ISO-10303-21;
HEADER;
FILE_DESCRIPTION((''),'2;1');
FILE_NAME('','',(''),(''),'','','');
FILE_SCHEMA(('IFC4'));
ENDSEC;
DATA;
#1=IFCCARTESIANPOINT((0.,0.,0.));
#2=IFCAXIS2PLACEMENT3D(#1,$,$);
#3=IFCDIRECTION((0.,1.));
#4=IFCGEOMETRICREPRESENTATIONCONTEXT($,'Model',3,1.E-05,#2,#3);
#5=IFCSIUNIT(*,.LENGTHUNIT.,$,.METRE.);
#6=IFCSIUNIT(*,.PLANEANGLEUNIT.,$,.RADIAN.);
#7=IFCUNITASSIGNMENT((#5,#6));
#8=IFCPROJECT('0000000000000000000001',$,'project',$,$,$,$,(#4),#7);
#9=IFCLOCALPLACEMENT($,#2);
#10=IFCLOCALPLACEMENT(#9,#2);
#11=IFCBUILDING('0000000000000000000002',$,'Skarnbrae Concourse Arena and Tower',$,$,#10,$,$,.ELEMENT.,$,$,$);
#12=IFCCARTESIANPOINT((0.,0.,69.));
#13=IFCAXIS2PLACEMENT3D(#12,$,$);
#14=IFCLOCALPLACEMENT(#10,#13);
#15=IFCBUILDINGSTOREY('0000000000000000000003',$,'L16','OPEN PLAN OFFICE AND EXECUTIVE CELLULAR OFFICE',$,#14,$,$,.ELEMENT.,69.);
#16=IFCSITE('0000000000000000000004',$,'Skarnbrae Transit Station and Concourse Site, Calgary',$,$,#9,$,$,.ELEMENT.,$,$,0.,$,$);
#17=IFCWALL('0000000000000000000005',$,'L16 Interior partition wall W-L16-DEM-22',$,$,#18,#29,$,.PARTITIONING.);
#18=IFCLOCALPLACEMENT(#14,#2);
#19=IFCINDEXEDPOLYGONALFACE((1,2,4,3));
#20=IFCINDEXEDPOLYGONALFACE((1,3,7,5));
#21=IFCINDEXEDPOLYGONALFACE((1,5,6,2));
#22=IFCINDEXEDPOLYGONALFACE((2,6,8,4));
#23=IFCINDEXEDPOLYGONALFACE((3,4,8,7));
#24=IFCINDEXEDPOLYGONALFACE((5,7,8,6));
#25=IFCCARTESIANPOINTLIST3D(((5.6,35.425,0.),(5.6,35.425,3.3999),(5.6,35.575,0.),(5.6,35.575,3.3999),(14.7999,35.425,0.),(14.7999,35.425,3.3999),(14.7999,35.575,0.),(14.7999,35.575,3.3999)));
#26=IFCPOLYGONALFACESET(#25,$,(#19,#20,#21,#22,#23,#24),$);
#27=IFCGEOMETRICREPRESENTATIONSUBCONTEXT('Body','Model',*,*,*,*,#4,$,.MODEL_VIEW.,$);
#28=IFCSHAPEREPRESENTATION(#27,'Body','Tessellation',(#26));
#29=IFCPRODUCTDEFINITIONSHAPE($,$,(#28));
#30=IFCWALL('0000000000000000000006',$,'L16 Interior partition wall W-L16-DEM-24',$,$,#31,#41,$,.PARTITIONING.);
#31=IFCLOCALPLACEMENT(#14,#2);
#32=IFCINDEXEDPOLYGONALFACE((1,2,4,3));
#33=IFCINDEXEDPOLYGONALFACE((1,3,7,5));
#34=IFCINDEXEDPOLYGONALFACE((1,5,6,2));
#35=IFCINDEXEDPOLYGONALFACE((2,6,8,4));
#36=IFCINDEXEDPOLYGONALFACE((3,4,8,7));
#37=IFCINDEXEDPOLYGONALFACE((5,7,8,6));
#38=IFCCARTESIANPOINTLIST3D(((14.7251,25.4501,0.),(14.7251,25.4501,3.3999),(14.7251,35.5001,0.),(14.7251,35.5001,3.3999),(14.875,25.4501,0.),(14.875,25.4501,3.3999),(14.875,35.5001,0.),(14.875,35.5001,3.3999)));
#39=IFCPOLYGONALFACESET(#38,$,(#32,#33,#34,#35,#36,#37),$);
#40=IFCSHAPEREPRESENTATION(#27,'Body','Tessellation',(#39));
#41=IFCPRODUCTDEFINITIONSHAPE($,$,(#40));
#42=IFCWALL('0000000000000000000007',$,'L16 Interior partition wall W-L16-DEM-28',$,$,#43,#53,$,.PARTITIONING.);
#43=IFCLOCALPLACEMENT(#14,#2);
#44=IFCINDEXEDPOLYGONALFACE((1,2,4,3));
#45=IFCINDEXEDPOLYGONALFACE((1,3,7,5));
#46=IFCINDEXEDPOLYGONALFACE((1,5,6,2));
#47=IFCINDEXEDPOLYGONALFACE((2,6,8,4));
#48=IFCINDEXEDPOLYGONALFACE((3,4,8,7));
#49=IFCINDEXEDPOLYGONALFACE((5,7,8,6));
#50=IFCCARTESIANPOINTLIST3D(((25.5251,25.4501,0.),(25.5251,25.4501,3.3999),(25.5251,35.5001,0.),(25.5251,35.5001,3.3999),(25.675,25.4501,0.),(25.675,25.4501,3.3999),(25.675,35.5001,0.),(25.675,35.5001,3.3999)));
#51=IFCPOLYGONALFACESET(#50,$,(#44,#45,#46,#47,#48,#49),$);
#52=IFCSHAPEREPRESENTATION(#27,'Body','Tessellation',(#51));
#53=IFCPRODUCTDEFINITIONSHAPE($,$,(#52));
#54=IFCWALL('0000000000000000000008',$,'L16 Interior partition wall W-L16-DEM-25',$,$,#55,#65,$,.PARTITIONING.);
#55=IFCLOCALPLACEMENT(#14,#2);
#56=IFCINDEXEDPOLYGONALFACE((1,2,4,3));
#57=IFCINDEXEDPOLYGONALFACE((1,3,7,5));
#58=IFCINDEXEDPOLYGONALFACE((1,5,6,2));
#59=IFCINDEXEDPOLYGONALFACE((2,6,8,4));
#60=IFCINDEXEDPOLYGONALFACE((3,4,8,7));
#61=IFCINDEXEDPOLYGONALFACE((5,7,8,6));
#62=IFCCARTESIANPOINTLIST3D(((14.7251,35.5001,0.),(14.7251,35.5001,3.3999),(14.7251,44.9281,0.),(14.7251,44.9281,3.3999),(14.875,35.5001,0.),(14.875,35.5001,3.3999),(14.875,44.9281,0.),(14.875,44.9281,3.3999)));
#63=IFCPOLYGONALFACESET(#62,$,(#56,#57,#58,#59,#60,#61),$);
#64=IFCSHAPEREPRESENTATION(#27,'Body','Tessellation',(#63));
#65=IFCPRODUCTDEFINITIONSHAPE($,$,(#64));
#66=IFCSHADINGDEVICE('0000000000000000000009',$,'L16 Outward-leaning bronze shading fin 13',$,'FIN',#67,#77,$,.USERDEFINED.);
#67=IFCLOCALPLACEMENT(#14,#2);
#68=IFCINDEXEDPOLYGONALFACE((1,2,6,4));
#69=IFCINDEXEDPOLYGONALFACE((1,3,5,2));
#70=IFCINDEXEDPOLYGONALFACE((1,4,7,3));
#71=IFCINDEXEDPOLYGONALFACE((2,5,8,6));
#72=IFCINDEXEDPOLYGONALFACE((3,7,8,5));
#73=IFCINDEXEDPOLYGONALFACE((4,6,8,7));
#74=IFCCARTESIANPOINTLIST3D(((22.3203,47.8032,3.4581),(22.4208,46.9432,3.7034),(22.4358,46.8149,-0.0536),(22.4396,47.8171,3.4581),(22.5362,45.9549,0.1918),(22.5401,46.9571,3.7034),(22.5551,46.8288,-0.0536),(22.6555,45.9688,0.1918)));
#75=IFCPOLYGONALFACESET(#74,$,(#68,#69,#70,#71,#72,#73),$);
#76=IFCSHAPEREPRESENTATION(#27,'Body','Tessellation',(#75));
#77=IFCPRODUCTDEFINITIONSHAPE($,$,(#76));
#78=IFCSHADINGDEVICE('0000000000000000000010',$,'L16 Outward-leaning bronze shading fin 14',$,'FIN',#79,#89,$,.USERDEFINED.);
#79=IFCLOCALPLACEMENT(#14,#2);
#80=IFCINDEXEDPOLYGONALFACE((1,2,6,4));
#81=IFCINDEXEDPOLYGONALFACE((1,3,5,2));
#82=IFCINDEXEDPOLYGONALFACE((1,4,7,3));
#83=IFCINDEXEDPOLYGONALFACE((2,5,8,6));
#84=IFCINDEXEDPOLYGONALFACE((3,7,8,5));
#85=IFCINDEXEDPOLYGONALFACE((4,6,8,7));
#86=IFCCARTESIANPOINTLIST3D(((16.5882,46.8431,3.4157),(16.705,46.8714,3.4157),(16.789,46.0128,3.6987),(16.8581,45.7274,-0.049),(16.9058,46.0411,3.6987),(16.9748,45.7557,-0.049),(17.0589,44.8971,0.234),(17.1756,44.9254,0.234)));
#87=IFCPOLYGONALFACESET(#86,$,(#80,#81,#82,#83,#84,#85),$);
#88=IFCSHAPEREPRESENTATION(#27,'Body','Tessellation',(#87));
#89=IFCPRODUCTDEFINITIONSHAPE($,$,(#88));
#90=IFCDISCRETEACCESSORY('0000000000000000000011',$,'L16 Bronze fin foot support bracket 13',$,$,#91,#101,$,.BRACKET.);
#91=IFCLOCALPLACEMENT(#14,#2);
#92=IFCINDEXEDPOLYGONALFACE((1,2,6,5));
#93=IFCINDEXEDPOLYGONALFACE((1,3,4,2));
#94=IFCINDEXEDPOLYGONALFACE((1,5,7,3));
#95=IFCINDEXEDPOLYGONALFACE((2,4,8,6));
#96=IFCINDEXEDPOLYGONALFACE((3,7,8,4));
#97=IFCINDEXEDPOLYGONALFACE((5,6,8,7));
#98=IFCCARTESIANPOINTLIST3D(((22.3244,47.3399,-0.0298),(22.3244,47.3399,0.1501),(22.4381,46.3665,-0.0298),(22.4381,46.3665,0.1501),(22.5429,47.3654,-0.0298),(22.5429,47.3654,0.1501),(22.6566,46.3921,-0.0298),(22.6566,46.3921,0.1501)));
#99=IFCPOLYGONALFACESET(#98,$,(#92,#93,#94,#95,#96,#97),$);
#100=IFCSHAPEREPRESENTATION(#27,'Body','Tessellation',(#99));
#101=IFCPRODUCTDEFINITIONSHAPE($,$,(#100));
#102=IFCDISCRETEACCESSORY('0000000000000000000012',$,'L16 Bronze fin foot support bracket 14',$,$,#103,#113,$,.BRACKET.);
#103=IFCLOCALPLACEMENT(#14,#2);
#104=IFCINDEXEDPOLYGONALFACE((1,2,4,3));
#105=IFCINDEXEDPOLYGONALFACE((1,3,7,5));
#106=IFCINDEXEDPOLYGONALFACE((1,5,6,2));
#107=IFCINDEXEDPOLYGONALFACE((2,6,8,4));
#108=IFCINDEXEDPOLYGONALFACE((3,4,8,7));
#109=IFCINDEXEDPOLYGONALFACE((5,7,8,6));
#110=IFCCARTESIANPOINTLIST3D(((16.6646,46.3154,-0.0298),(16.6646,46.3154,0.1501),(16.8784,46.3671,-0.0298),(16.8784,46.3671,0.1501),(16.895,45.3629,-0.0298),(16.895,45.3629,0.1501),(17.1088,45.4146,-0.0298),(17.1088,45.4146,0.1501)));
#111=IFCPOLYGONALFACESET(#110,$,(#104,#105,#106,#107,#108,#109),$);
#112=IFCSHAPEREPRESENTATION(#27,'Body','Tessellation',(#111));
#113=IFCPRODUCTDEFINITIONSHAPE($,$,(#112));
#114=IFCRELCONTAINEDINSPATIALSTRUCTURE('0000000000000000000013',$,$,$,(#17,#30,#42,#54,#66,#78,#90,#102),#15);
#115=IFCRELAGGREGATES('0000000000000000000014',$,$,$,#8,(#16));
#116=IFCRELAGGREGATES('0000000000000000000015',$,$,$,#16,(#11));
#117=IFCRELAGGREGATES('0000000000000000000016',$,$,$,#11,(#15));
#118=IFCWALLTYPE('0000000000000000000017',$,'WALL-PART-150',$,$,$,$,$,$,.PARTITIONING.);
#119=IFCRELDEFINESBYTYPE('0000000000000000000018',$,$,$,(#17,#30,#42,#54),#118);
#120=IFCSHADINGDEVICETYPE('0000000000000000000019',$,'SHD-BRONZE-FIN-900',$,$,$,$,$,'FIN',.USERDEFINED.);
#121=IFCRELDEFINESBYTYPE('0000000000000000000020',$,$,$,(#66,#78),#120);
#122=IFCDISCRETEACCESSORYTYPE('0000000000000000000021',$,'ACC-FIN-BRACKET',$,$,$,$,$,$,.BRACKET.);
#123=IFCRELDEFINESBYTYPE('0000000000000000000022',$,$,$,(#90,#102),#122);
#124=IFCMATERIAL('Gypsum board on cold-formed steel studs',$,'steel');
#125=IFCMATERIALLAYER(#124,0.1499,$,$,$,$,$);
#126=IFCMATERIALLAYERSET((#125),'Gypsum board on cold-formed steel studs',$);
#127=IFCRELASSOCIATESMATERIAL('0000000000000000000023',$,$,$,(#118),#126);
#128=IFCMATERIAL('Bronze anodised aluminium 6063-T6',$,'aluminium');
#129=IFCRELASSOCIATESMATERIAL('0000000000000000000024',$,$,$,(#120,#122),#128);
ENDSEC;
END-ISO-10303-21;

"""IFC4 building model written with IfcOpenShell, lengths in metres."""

from ifc_helpers import new_model, si_unit, direction, frame, frame_2d, origin, origin_2d, place, context, subcontext, project, spatial, rectangle, extrude, source, transform, mapped, material, layer, layer_set, type_object, element, save


model = new_model("IFC4")

# Units and contexts
model_context = context("Model", 3, precision=1e-05, world=origin(), true_north=direction((0.0, 1.0)))
body_context = subcontext(model_context, "Body", "Model", "MODEL_VIEW")
ifc_project = project(units=[si_unit("LENGTHUNIT", "METRE"), si_unit("PLANEANGLEUNIT", "RADIAN")], contexts=[model_context])

# Site, building, storey
site_placement = place(None, origin())
site = spatial("IfcSite", under=ifc_project, at=site_placement, Name="Skarnbrae Transit Station and Concourse Site, Calgary", CompositionType="ELEMENT", RefElevation=0.0)
building_placement = place(site_placement, origin())
building = spatial("IfcBuilding", under=site, at=building_placement, Name="Skarnbrae Concourse Arena and Tower", CompositionType="ELEMENT")
storey_placement = place(building_placement, frame((0.0, 0.0, 69.0)))
storey = spatial("IfcBuildingStorey", under=building, at=storey_placement, Name="L16", Description="OPEN PLAN OFFICE AND EXECUTIVE CELLULAR OFFICE", CompositionType="ELEMENT", Elevation=69.0)

# Shared definitions
ifc_material_1 = material(Name="Bronze anodised aluminium 6063-T6", Category="aluminium")

# Walls
ifc_material_2 = material(Name="Gypsum board on cold-formed steel studs", Category="steel")
ifc_layer_1 = layer(ifc_material_2, 0.1499)
ifc_layer_set_1 = layer_set([ifc_layer_1], Name="Gypsum board on cold-formed steel studs")
wall_type = type_object("IfcWallType", Name="WALL-PART-150", PredefinedType="PARTITIONING", material=ifc_layer_set_1)
shared_shape_1 = source(origin(), body_context, "Body", "SweptSolid", [
    extrude(rectangle(XDim=9.2, YDim=0.1499, at=frame_2d((4.6001, 0.0))), origin(), (0.0, 0.0, 1.0), 3.3999),
])
wall_1_placement = place(storey_placement, frame((14.8, 35.5, 0.0), z_axis=(0.0, 0.0, 1.0), x_axis=(-1.0, 0.0, 0.0)))
element("IfcWall", 1, at=wall_1_placement, inside=storey, type_object=wall_type, Name="L16 Interior partition wall W-L16-DEM-22", PredefinedType="PARTITIONING", context=body_context, shape_type="MappedRepresentation", body=[
    mapped(shared_shape_1, transform((0.0, 0.0, 0.0))),
])
shared_shape_2 = source(origin(), body_context, "Body", "SweptSolid", [
    extrude(rectangle(XDim=10.05, YDim=0.1499, at=frame_2d((5.0249, 0.0))), origin(), (0.0, 0.0, 1.0), 3.3999),
])
for number, where, z_axis, x_axis, name in (
    (2, (14.8, 35.5, 0.0), (0.0, 0.0, 1.0), (0.0, -1.0, 0.0), "L16 Interior partition wall W-L16-DEM-24"),
    (3, (25.6001, 35.5, 0.0), (0.0, 0.0, 1.0), (0.0, -1.0, 0.0), "L16 Interior partition wall W-L16-DEM-28"),
):
    element("IfcWall", number, at=place(storey_placement, frame(where, z_axis=z_axis, x_axis=x_axis)), inside=storey, type_object=wall_type, Name=name, PredefinedType="PARTITIONING", context=body_context, shape_type="MappedRepresentation", body=[
        mapped(shared_shape_2, transform((0.0, 0.0, 0.0))),
    ])
shared_shape_3 = source(origin(), body_context, "Body", "SweptSolid", [
    extrude(rectangle(XDim=9.428, YDim=0.1499, at=frame_2d((4.7139, 0.0))), origin(), (0.0, 0.0, 1.0), 3.3999),
])
wall_2_placement = place(storey_placement, frame((14.8, 44.928, 0.0), z_axis=(0.0, 0.0, 1.0), x_axis=(0.0, -1.0, 0.0)))
element("IfcWall", 4, at=wall_2_placement, inside=storey, type_object=wall_type, Name="L16 Interior partition wall W-L16-DEM-25", PredefinedType="PARTITIONING", context=body_context, shape_type="MappedRepresentation", body=[
    mapped(shared_shape_3, transform((0.0, 0.0, 0.0))),
])

# Shading devices
shading_device_type = type_object("IfcShadingDeviceType", Name="SHD-BRONZE-FIN-900", ElementType="FIN", PredefinedType="USERDEFINED", material=ifc_material_1)
shared_shape_4 = source(origin(), body_context, "Body", "SweptSolid", [
    extrude(rectangle(XDim=0.1201, YDim=0.8999, at=origin_2d()), origin(), (0.0, 0.0, 1.0), 3.6499),
])
for number, where, z_axis, x_axis, name in (
    (5, (22.5457, 46.3918, 0.0691), (-0.031636, 0.270774, 0.962123), (0.993244, 0.116047, 0.0), "L16 Outward-leaning bronze shading fin 13"),
    (6, (17.0168, 45.3264, 0.0925), (-0.073934, 0.305675, 0.949261), (0.971973, 0.235091, 0.0), "L16 Outward-leaning bronze shading fin 14"),
):
    element("IfcShadingDevice", number, at=place(storey_placement, frame(where, z_axis=z_axis, x_axis=x_axis)), inside=storey, type_object=shading_device_type, Name=name, ObjectType="FIN", PredefinedType="USERDEFINED", context=body_context, shape_type="MappedRepresentation", body=[
        mapped(shared_shape_4, transform((0.0, 0.0, 0.0))),
    ])

# Discrete accessories
discrete_accessory_type = type_object("IfcDiscreteAccessoryType", Name="ACC-FIN-BRACKET", PredefinedType="BRACKET", material=ifc_material_1)
shared_shape_5 = source(origin(), body_context, "Body", "SweptSolid", [
    extrude(rectangle(XDim=0.22, YDim=0.98, at=origin_2d()), origin(), (0.0, 0.0, 1.0), 0.1799),
])
for number, where, z_axis, x_axis, name in (
    (7, (22.4905, 46.866, -0.0298), (0.0, 0.0, 1.0), (0.993244, 0.116047, 0.0), "L16 Bronze fin foot support bracket 13"),
    (8, (16.8867, 45.865, -0.0298), (0.0, 0.0, 1.0), (0.971973, 0.235091, 0.0), "L16 Bronze fin foot support bracket 14"),
):
    element("IfcDiscreteAccessory", number, at=place(storey_placement, frame(where, z_axis=z_axis, x_axis=x_axis)), inside=storey, type_object=discrete_accessory_type, Name=name, PredefinedType="BRACKET", context=body_context, shape_type="MappedRepresentation", body=[
        mapped(shared_shape_5, transform((0.0, 0.0, 0.0))),
    ])

save(model, "model.ifc")
